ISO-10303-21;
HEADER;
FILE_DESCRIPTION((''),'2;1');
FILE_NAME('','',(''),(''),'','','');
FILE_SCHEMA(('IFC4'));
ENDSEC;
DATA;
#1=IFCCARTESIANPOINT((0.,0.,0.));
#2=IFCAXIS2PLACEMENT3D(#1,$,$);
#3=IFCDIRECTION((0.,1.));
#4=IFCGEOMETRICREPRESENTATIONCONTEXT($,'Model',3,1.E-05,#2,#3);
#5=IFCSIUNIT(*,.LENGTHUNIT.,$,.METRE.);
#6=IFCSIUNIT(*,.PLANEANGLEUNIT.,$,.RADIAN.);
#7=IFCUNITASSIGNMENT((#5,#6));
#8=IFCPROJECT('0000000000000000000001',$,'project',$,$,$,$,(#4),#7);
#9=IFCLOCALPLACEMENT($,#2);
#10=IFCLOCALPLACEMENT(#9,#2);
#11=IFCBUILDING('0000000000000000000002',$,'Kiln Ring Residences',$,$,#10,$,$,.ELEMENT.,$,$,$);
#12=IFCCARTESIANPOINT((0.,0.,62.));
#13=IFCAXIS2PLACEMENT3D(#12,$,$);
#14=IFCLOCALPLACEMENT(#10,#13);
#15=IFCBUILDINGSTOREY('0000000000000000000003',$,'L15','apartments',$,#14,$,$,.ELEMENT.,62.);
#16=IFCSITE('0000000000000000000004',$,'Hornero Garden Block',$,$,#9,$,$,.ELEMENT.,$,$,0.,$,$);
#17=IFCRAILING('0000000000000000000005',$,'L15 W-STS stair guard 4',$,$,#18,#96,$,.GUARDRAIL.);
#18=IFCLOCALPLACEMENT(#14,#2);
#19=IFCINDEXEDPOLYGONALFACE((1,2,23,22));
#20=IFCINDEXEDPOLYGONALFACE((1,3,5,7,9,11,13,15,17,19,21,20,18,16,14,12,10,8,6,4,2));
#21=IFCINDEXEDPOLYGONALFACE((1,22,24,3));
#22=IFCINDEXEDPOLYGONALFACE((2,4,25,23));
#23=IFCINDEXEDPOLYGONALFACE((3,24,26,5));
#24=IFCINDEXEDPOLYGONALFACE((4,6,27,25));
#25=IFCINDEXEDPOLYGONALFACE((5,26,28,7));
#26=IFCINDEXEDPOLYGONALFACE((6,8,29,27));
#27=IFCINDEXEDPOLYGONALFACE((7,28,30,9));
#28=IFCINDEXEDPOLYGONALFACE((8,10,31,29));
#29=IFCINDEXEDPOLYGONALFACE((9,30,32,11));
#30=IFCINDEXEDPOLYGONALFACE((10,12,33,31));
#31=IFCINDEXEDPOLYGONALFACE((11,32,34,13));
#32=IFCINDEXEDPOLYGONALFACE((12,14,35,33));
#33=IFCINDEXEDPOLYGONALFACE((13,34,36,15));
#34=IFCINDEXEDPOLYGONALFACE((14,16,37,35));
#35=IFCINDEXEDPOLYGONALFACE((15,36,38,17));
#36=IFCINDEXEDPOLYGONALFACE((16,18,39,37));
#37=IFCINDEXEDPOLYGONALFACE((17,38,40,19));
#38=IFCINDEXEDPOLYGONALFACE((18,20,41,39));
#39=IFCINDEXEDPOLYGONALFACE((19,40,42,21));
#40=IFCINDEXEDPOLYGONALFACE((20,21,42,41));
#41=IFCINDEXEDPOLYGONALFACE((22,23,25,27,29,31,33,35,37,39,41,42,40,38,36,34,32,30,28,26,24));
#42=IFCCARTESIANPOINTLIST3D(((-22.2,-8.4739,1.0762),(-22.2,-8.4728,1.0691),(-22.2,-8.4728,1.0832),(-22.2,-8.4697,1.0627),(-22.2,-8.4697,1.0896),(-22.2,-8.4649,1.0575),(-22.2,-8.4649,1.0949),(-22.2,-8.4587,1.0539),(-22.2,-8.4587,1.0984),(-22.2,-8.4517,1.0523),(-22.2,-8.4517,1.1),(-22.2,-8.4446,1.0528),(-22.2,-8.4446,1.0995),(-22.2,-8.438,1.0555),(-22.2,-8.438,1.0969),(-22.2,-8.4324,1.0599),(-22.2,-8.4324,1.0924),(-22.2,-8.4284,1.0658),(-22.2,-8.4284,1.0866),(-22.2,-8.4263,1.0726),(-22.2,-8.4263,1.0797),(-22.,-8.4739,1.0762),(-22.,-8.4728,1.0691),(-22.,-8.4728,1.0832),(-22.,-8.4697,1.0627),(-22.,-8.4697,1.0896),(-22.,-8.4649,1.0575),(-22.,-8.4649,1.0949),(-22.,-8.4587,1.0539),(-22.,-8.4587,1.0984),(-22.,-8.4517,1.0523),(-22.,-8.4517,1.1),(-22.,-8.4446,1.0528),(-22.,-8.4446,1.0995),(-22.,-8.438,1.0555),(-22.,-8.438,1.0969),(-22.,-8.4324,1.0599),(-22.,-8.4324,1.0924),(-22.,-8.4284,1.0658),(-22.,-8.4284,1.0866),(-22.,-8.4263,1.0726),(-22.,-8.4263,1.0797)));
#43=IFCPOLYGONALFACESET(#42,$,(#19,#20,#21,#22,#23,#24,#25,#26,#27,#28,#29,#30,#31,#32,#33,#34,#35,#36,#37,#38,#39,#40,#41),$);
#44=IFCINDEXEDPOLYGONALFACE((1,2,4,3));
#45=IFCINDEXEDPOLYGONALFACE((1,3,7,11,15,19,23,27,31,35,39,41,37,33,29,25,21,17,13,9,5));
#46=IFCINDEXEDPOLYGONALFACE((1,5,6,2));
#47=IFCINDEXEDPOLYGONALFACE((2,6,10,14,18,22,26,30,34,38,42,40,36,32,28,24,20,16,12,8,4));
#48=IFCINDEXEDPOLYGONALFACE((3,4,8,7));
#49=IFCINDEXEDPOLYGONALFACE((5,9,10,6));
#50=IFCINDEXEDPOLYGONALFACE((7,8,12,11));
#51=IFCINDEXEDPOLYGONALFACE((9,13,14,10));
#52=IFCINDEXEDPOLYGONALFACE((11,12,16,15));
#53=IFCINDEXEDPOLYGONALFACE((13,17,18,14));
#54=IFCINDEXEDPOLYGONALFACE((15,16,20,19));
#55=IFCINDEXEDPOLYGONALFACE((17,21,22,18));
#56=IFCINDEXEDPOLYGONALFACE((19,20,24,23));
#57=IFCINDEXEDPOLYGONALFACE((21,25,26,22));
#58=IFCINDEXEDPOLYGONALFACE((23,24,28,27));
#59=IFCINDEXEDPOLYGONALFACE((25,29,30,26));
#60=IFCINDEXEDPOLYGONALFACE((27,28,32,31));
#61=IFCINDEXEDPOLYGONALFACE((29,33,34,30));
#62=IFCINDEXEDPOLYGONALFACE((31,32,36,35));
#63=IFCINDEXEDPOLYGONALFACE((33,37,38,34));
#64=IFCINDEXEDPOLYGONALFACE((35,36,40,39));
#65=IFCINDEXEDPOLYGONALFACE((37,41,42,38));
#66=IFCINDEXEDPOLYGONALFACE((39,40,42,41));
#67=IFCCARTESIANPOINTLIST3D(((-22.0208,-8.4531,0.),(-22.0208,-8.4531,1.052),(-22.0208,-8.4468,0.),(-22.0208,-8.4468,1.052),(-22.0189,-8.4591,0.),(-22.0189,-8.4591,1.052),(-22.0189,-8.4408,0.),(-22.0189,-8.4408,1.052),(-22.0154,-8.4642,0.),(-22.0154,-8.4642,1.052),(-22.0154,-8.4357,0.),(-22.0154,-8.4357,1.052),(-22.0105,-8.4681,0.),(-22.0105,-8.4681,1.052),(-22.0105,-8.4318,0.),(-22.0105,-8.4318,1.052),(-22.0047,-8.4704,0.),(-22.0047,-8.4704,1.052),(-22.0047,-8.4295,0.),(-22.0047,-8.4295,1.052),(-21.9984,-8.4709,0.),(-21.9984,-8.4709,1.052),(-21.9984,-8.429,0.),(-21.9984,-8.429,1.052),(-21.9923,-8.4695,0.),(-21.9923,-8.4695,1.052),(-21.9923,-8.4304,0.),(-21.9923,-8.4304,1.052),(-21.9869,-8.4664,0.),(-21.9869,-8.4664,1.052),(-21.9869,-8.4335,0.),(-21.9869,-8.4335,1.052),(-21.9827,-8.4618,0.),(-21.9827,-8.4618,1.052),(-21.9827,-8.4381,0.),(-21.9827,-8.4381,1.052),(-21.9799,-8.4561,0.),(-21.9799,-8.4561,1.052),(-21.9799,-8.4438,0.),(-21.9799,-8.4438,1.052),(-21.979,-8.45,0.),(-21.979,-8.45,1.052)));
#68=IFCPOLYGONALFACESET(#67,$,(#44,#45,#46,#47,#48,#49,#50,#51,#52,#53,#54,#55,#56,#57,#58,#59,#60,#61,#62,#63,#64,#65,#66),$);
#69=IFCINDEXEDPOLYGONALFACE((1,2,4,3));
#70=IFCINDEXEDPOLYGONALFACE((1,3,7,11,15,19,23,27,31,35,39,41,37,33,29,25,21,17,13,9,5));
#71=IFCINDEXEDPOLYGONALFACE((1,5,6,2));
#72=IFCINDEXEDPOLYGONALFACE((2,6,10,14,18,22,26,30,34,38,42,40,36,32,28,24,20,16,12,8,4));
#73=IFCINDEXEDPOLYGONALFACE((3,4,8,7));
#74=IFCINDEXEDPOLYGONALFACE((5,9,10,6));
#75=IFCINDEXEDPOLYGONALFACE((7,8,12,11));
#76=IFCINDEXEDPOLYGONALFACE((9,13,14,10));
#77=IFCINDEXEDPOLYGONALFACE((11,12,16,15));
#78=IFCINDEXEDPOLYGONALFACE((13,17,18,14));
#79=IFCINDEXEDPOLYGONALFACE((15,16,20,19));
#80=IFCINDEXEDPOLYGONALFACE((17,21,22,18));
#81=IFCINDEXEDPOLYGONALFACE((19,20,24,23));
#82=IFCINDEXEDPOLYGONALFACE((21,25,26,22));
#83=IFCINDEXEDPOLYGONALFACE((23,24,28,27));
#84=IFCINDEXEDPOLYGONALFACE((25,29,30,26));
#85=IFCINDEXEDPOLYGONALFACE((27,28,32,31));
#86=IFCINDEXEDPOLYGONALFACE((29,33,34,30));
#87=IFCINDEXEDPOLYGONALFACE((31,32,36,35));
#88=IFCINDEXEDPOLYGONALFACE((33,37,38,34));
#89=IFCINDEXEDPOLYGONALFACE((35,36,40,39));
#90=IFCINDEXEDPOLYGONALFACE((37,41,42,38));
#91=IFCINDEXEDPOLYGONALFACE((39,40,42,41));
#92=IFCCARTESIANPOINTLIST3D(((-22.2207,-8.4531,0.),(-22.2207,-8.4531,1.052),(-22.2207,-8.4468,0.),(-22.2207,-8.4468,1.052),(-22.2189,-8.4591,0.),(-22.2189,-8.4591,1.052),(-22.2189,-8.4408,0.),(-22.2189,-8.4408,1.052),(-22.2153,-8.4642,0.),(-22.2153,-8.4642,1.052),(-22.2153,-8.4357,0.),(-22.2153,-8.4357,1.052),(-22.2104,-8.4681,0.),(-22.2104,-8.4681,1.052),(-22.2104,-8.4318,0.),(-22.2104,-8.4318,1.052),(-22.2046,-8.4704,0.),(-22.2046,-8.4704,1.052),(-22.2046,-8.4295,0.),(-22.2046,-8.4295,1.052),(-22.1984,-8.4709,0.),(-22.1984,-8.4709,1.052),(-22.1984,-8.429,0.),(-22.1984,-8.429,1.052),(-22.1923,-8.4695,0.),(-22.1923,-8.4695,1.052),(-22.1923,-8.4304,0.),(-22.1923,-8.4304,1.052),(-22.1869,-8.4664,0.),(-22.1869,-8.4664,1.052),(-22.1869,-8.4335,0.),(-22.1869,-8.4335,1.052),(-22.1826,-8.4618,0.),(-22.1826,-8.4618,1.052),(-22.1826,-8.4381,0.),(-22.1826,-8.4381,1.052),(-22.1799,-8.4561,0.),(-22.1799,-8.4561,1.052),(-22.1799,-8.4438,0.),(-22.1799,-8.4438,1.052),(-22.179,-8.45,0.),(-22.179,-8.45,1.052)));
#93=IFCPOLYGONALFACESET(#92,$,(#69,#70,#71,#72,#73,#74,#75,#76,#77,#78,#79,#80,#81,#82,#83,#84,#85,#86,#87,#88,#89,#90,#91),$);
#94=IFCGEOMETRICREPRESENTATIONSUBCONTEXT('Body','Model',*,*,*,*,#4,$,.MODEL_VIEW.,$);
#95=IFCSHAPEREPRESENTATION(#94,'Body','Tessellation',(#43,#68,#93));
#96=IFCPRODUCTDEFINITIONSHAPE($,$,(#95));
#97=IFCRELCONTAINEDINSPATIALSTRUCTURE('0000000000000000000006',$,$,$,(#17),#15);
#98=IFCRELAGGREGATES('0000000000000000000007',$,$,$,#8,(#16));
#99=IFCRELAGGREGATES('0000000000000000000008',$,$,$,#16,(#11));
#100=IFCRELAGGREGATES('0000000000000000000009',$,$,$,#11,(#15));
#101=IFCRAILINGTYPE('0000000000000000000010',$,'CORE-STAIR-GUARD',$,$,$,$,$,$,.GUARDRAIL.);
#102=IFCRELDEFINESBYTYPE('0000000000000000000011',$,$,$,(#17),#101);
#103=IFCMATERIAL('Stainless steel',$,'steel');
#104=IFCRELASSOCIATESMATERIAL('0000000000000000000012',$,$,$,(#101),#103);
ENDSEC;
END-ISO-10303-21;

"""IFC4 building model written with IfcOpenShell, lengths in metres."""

from ifc_helpers import new_model, si_unit, direction, frame, origin, origin_2d, place, context, subcontext, project, spatial, circle, extrude, material, type_object, element, save


model = new_model("IFC4")

# Units and contexts
model_context = context("Model", 3, precision=1e-05, world=origin(), true_north=direction((0.0, 1.0)))
body_context = subcontext(model_context, "Body", "Model", "MODEL_VIEW")
ifc_project = project(units=[si_unit("LENGTHUNIT", "METRE"), si_unit("PLANEANGLEUNIT", "RADIAN")], contexts=[model_context])

# Site, building, storey
site_placement = place(None, origin())
site = spatial("IfcSite", under=ifc_project, at=site_placement, Name="Hornero Garden Block", CompositionType="ELEMENT", RefElevation=0.0)
building_placement = place(site_placement, origin())
building = spatial("IfcBuilding", under=site, at=building_placement, Name="Kiln Ring Residences", CompositionType="ELEMENT")
storey_placement = place(building_placement, frame((0.0, 0.0, 62.0)))
storey = spatial("IfcBuildingStorey", under=building, at=storey_placement, Name="L15", Description="apartments", CompositionType="ELEMENT", Elevation=62.0)

# Railing
ifc_material_1 = material(Name="Stainless steel", Category="steel")
railing_type_1 = type_object("IfcRailingType", Name="CORE-STAIR-GUARD", PredefinedType="GUARDRAIL", material=ifc_material_1)
railing_1_placement = place(storey_placement, frame((-22.0, -8.45, 0.0)))
element("IfcRailing", 1, at=railing_1_placement, inside=storey, type_object=railing_type_1, Name="L15 W-STS stair guard 4", PredefinedType="GUARDRAIL", context=body_context, shape_type="SweptSolid", body=[
    extrude(circle(Radius=0.0239, at=origin_2d()), frame((0.0, 0.0, 1.0762), z_axis=(-1.0, 0.0, 0.0), x_axis=(0.0, -1.0, 0.0)), (0.0, 0.0, 1.0), 0.2),
    extrude(circle(Radius=0.021, at=origin_2d()), origin(), (0.0, 0.0, 1.0), 1.052),
    extrude(circle(Radius=0.021, at=origin_2d()), frame((-0.2, 0.0, 0.0)), (0.0, 0.0, 1.0), 1.052),
])

save(model, "model.ifc")
